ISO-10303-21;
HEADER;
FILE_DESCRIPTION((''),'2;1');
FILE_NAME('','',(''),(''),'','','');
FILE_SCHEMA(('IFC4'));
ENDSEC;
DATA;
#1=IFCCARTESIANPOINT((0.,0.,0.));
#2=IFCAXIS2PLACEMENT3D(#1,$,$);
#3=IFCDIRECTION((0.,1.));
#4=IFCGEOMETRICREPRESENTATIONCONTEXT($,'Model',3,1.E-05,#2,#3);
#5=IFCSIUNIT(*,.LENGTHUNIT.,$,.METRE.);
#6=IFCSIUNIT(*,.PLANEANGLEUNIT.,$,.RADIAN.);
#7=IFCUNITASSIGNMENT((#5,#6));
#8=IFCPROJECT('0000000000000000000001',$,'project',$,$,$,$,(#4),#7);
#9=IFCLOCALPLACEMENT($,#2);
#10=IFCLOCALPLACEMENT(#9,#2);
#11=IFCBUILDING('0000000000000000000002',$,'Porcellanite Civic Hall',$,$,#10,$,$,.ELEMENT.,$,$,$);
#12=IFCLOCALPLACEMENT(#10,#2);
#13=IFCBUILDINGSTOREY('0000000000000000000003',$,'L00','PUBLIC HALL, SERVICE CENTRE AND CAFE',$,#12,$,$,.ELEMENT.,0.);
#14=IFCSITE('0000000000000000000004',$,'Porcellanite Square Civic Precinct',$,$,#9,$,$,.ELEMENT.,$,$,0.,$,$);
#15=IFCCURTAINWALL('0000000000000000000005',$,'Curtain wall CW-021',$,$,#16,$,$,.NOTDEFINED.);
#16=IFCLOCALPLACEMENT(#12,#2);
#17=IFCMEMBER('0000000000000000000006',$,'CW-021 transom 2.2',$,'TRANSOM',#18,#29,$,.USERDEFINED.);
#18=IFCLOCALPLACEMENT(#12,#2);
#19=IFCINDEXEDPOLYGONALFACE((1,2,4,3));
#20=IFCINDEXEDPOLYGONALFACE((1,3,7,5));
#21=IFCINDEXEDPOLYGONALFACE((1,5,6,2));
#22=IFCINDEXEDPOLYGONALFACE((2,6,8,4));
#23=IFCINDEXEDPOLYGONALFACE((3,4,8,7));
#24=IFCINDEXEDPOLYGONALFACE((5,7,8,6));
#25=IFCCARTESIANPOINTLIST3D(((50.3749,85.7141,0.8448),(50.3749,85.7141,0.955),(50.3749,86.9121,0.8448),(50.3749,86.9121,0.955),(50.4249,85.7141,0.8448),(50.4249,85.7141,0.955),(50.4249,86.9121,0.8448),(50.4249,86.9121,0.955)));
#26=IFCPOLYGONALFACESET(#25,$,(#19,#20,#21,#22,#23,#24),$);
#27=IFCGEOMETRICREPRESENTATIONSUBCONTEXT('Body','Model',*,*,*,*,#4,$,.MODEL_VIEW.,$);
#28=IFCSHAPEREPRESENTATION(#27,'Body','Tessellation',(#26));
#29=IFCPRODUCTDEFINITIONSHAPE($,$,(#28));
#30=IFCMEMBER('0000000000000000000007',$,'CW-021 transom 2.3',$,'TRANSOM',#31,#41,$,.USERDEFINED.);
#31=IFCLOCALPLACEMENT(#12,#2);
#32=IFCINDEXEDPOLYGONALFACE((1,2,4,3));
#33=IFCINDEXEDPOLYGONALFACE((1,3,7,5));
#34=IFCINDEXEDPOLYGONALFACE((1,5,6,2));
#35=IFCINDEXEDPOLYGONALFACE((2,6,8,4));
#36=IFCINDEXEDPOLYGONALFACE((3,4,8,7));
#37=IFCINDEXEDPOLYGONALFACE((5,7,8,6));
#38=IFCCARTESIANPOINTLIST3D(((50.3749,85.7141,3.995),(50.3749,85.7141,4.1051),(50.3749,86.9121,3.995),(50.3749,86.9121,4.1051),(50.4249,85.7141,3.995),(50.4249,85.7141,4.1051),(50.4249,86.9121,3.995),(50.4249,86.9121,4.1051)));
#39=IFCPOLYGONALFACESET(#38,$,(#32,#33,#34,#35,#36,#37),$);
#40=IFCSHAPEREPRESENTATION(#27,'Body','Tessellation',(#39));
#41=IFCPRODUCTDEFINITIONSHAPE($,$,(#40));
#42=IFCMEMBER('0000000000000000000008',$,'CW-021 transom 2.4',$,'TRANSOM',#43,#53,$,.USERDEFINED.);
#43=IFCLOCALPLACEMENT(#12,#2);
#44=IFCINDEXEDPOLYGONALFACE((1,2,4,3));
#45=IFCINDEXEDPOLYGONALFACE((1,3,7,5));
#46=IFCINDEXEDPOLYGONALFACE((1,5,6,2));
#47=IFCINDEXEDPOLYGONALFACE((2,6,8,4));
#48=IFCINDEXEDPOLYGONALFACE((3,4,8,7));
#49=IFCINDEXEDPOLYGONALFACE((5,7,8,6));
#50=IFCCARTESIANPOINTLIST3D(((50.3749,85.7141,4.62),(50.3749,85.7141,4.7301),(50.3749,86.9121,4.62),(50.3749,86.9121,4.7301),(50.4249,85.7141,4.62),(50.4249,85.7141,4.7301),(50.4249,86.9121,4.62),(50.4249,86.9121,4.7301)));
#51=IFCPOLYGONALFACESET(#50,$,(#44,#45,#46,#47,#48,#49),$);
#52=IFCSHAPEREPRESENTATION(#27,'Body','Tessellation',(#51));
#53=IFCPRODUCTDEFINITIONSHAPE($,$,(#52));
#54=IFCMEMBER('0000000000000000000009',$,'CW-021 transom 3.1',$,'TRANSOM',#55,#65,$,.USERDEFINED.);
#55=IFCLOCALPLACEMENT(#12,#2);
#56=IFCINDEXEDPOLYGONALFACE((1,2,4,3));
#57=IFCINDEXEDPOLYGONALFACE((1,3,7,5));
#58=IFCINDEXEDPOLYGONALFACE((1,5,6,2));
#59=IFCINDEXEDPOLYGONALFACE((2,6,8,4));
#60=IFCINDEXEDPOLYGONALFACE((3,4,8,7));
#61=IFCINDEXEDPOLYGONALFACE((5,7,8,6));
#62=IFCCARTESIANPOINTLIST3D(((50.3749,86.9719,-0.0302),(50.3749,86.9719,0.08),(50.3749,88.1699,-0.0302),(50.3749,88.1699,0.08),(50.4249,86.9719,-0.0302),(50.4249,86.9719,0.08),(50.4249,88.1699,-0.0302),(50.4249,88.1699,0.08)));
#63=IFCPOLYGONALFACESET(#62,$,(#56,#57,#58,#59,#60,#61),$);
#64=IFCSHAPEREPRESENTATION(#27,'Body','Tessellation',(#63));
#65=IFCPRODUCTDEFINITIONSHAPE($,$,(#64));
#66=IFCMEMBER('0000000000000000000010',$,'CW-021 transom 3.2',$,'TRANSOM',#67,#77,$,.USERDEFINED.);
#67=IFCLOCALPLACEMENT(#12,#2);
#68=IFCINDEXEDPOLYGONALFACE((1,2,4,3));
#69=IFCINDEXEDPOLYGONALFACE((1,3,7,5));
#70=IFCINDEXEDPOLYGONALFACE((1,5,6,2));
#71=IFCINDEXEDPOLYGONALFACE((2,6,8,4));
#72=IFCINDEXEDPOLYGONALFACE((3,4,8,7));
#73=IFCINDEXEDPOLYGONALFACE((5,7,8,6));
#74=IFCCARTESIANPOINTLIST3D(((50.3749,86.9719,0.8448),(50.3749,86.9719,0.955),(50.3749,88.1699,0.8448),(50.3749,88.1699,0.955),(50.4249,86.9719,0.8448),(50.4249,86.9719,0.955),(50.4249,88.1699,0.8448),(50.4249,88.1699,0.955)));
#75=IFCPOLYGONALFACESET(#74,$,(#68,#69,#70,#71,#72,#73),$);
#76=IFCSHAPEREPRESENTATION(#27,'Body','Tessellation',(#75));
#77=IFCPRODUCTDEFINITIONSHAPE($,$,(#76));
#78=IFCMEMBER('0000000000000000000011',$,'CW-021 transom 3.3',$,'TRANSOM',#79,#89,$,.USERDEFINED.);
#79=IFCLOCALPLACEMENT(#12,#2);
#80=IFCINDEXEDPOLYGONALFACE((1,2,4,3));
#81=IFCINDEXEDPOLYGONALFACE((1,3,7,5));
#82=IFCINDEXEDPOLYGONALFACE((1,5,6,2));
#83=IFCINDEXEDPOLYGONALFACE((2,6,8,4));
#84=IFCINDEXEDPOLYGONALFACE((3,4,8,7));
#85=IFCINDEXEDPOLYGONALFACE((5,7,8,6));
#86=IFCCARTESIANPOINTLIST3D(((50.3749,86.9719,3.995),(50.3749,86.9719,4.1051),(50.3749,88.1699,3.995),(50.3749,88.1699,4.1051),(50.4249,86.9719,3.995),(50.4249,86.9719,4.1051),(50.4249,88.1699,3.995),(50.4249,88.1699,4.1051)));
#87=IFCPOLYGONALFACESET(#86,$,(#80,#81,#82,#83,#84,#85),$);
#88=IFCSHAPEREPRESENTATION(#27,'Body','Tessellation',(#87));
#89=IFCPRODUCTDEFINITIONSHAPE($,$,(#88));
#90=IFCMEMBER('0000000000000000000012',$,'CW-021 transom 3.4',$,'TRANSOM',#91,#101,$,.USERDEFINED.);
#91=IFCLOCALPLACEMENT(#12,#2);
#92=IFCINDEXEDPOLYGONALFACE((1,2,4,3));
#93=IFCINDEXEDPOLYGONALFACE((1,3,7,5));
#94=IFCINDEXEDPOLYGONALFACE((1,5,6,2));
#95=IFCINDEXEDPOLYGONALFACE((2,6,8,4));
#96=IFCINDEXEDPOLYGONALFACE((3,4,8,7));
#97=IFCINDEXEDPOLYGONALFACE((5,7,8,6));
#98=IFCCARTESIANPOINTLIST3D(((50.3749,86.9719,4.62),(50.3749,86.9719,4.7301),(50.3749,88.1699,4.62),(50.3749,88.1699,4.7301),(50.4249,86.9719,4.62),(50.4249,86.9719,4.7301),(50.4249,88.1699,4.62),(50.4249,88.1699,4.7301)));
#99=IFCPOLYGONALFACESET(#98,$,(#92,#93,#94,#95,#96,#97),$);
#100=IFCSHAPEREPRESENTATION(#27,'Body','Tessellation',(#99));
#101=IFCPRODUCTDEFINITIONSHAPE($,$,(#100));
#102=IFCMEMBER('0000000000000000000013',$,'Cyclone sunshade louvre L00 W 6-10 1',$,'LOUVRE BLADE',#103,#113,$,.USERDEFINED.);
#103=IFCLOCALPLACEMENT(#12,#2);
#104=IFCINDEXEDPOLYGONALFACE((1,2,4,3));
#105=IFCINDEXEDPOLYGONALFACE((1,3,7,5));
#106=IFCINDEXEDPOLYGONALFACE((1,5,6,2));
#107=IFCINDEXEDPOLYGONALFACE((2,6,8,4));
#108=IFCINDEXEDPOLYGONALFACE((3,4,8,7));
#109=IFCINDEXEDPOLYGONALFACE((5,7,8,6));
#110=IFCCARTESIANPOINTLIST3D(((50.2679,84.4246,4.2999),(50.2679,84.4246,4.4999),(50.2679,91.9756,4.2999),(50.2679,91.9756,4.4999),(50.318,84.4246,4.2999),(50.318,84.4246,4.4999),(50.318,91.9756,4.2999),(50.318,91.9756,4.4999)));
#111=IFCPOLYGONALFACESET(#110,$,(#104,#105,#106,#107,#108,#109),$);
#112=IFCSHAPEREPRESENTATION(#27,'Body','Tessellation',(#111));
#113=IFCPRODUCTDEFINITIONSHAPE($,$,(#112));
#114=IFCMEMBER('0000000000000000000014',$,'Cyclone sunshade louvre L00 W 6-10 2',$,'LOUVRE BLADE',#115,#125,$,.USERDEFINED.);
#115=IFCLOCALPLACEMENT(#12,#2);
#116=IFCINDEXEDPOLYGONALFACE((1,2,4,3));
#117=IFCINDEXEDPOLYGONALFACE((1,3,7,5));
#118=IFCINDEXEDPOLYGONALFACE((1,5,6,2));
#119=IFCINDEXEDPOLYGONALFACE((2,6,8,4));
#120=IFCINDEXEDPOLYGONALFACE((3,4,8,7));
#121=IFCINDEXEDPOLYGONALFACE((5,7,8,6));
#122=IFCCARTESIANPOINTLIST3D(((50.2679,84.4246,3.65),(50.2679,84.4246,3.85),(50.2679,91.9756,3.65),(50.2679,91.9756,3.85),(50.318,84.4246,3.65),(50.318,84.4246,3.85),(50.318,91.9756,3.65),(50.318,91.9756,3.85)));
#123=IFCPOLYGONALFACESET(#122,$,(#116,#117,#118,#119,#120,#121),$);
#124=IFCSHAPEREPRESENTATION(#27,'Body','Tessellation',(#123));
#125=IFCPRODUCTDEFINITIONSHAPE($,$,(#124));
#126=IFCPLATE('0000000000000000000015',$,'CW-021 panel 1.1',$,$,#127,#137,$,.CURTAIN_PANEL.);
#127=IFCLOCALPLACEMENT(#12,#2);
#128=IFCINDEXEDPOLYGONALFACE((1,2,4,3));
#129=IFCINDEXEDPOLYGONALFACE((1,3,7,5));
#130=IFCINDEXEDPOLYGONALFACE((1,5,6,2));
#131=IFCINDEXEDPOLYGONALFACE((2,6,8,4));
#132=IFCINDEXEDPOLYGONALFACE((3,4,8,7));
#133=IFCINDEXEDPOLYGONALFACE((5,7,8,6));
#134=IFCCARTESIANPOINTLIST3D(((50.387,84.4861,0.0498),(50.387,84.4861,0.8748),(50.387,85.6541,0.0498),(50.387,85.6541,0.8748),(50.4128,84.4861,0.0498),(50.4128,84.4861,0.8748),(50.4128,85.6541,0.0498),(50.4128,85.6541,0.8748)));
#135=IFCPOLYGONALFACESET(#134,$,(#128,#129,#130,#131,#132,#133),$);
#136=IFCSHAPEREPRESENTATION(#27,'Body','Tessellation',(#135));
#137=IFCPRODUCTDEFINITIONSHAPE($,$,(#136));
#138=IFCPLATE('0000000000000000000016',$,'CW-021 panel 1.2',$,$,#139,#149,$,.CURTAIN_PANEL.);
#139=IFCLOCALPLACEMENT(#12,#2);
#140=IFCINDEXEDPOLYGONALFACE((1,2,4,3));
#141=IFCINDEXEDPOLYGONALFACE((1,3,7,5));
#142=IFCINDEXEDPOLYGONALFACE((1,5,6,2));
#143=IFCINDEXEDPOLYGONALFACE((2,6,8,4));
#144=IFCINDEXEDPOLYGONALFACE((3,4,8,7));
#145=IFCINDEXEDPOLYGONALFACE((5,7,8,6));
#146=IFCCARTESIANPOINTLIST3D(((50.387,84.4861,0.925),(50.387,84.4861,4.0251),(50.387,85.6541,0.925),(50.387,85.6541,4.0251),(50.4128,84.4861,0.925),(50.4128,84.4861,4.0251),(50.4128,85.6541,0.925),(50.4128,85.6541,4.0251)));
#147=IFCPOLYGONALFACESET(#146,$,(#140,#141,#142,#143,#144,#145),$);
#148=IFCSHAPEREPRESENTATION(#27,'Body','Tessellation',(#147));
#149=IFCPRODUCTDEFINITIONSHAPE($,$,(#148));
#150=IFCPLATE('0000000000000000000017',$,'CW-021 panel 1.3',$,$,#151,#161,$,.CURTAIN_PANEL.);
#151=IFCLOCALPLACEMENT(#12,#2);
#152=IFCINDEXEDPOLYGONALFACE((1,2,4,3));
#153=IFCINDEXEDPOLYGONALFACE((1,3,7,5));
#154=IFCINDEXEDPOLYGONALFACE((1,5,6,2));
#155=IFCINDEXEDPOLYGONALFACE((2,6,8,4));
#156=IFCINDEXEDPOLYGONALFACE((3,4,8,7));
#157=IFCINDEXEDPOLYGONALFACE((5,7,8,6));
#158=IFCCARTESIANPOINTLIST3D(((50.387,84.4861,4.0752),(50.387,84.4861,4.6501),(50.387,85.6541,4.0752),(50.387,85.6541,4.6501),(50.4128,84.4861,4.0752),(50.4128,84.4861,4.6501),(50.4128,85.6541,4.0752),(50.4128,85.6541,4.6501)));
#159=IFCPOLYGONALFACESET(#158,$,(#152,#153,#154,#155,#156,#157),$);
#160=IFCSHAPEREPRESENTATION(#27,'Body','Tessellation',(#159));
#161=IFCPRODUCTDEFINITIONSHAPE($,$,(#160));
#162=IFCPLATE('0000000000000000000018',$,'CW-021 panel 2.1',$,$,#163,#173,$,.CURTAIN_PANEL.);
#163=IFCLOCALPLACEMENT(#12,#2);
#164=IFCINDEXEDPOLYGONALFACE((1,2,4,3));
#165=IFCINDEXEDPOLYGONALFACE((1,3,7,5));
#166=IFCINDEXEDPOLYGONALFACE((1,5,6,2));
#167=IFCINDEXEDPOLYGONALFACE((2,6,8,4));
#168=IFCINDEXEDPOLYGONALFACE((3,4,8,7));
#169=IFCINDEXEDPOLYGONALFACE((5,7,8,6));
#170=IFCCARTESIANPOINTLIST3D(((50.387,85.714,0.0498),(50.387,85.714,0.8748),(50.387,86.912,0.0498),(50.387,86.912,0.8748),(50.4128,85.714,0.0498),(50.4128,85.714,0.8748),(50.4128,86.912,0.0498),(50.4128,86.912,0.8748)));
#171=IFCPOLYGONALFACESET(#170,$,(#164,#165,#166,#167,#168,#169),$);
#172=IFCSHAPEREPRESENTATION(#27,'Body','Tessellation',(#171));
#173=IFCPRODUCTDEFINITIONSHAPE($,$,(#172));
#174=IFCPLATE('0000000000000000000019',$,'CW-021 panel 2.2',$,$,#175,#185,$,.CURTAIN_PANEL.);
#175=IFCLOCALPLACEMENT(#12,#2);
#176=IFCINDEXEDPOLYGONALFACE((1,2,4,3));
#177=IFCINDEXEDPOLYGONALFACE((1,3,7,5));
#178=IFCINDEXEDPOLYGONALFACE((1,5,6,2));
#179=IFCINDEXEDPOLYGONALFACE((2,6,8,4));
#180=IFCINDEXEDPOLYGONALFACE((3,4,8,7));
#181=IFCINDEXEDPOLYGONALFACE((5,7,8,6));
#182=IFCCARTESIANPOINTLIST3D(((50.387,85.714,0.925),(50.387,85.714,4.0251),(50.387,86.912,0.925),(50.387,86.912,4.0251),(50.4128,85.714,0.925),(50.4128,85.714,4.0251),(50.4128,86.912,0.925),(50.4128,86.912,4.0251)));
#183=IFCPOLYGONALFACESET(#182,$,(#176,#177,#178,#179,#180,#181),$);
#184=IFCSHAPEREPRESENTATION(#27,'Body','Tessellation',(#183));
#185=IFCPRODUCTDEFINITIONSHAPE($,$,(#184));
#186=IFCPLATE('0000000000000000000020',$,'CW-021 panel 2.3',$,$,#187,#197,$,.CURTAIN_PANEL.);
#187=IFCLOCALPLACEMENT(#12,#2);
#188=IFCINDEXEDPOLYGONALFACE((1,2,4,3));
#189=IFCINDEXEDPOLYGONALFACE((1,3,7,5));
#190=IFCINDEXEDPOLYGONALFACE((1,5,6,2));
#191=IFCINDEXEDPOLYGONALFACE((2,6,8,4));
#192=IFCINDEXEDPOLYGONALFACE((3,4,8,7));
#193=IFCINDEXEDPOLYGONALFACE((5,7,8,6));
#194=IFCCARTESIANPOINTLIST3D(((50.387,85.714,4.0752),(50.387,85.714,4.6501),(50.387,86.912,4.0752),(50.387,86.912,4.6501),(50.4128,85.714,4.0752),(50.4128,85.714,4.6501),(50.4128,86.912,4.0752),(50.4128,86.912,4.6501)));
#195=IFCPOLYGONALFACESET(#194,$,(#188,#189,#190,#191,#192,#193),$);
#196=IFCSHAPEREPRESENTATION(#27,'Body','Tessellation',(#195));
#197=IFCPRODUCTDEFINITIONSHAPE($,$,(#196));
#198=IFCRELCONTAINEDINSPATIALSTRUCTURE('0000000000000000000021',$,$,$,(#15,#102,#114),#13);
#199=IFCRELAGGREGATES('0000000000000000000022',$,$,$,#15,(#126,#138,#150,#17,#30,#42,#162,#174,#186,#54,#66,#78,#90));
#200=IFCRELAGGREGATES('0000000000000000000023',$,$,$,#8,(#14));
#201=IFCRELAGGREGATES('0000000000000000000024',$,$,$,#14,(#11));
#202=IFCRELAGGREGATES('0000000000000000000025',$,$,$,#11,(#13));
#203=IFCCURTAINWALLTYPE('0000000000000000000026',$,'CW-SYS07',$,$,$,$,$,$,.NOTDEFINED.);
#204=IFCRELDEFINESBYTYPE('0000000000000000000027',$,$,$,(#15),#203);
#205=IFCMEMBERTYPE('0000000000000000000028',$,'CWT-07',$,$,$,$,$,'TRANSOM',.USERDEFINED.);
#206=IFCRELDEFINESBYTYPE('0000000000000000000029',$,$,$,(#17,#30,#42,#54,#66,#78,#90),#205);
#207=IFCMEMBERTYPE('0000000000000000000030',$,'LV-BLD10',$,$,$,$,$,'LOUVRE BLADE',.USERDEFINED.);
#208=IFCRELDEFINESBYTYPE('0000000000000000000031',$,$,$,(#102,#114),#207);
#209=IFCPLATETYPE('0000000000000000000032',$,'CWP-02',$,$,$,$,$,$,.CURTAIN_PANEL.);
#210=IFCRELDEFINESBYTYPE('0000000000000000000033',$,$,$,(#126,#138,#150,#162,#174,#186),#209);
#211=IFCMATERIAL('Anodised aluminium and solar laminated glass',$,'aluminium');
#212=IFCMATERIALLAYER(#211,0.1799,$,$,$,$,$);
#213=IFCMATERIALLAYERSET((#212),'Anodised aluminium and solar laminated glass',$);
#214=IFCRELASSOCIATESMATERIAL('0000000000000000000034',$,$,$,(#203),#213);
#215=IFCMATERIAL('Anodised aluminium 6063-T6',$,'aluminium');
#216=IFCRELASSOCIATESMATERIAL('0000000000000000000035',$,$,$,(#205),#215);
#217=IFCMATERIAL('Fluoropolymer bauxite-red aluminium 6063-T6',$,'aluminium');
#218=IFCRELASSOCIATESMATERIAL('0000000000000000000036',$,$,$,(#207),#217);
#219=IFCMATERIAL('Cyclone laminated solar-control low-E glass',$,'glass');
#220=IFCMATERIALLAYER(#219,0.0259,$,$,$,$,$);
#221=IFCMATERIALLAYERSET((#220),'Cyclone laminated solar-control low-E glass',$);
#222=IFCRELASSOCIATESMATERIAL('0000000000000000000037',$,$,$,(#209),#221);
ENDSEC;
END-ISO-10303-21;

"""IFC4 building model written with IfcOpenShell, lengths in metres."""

from ifc_helpers import new_model, si_unit, direction, frame, origin, origin_2d, place, context, subcontext, project, spatial, rectangle, extrude, material, layer, layer_set, material_profile, profile_set, type_object, element, aggregate, save


model = new_model("IFC4")

# Units and contexts
model_context = context("Model", 3, precision=1e-05, world=origin(), true_north=direction((0.0, 1.0)))
body_context = subcontext(model_context, "Body", "Model", "MODEL_VIEW")
ifc_project = project(units=[si_unit("LENGTHUNIT", "METRE"), si_unit("PLANEANGLEUNIT", "RADIAN")], contexts=[model_context])

# Site, building, storey
site_placement = place(None, origin())
site = spatial("IfcSite", under=ifc_project, at=site_placement, Name="Porcellanite Square Civic Precinct", CompositionType="ELEMENT", RefElevation=0.0)
building_placement = place(site_placement, origin())
building = spatial("IfcBuilding", under=site, at=building_placement, Name="Porcellanite Civic Hall", CompositionType="ELEMENT")
storey_placement = place(building_placement, origin())
storey = spatial("IfcBuildingStorey", under=building, at=storey_placement, Name="L00", Description="PUBLIC HALL, SERVICE CENTRE AND CAFE", CompositionType="ELEMENT", Elevation=0.0)

# Curtain wall
ifc_material_1 = material(Name="Anodised aluminium and solar laminated glass", Category="aluminium")
ifc_layer_1 = layer(ifc_material_1, 0.1799)
ifc_layer_set_1 = layer_set([ifc_layer_1], Name="Anodised aluminium and solar laminated glass")
curtain_wall_type_1 = type_object("IfcCurtainWallType", Name="CW-SYS07", PredefinedType="NOTDEFINED", material=ifc_layer_set_1)
curtain_wall_1_placement = place(storey_placement, origin())
curtain_wall_1 = element("IfcCurtainWall", 1, at=curtain_wall_1_placement, inside=storey, type_object=curtain_wall_type_1, Name="Curtain wall CW-021", PredefinedType="NOTDEFINED")

# Members
ifc_material_2 = material(Name="Anodised aluminium 6063-T6", Category="aluminium")
ifc_material_profile_1 = material_profile(ifc_material_2, rectangle(XDim=0.05, YDim=0.1101, at=origin_2d()), Name="AL-50x110")
ifc_profile_set_1 = profile_set([ifc_material_profile_1], Name="Anodised aluminium 6063-T6")
member_type_1 = type_object("IfcMemberType", Name="CWT-07", ElementType="TRANSOM", PredefinedType="USERDEFINED", material=ifc_profile_set_1)
member_1_placement = place(storey_placement, frame((50.3999, 85.7141, 0.8999), z_axis=(0.0, 1.0, 0.0), x_axis=(-1.0, 0.0, 0.0)))
member_1 = element("IfcMember", 2, at=member_1_placement, type_object=member_type_1, Name="CW-021 transom 2.2", ObjectType="TRANSOM", PredefinedType="USERDEFINED", context=body_context, shape_type="SweptSolid", body=[
    extrude(rectangle(XDim=0.05, YDim=0.1101, at=origin_2d()), origin(), (0.0, 0.0, 1.0), 1.198),
])
member_2_placement = place(storey_placement, frame((50.3999, 85.7141, 4.05), z_axis=(0.0, 1.0, 0.0), x_axis=(-1.0, 0.0, 0.0)))
member_2 = element("IfcMember", 3, at=member_2_placement, type_object=member_type_1, Name="CW-021 transom 2.3", ObjectType="TRANSOM", PredefinedType="USERDEFINED", context=body_context, shape_type="SweptSolid", body=[
    extrude(rectangle(XDim=0.05, YDim=0.1101, at=origin_2d()), origin(), (0.0, 0.0, 1.0), 1.198),
])
member_3_placement = place(storey_placement, frame((50.3999, 85.7141, 4.675), z_axis=(0.0, 1.0, 0.0), x_axis=(-1.0, 0.0, 0.0)))
member_3 = element("IfcMember", 4, at=member_3_placement, type_object=member_type_1, Name="CW-021 transom 2.4", ObjectType="TRANSOM", PredefinedType="USERDEFINED", context=body_context, shape_type="SweptSolid", body=[
    extrude(rectangle(XDim=0.05, YDim=0.1101, at=origin_2d()), origin(), (0.0, 0.0, 1.0), 1.198),
])
member_4_placement = place(storey_placement, frame((50.3999, 86.9719, 0.0249), z_axis=(0.0, 1.0, 0.0), x_axis=(-1.0, 0.0, 0.0)))
member_4 = element("IfcMember", 5, at=member_4_placement, type_object=member_type_1, Name="CW-021 transom 3.1", ObjectType="TRANSOM", PredefinedType="USERDEFINED", context=body_context, shape_type="SweptSolid", body=[
    extrude(rectangle(XDim=0.05, YDim=0.1101, at=origin_2d()), origin(), (0.0, 0.0, 1.0), 1.198),
])
member_5_placement = place(storey_placement, frame((50.3999, 86.9719, 0.8999), z_axis=(0.0, 1.0, 0.0), x_axis=(-1.0, 0.0, 0.0)))
member_5 = element("IfcMember", 6, at=member_5_placement, type_object=member_type_1, Name="CW-021 transom 3.2", ObjectType="TRANSOM", PredefinedType="USERDEFINED", context=body_context, shape_type="SweptSolid", body=[
    extrude(rectangle(XDim=0.05, YDim=0.1101, at=origin_2d()), origin(), (0.0, 0.0, 1.0), 1.198),
])
member_6_placement = place(storey_placement, frame((50.3999, 86.9719, 4.05), z_axis=(0.0, 1.0, 0.0), x_axis=(-1.0, 0.0, 0.0)))
member_6 = element("IfcMember", 7, at=member_6_placement, type_object=member_type_1, Name="CW-021 transom 3.3", ObjectType="TRANSOM", PredefinedType="USERDEFINED", context=body_context, shape_type="SweptSolid", body=[
    extrude(rectangle(XDim=0.05, YDim=0.1101, at=origin_2d()), origin(), (0.0, 0.0, 1.0), 1.198),
])
member_7_placement = place(storey_placement, frame((50.3999, 86.9719, 4.675), z_axis=(0.0, 1.0, 0.0), x_axis=(-1.0, 0.0, 0.0)))
member_7 = element("IfcMember", 8, at=member_7_placement, type_object=member_type_1, Name="CW-021 transom 3.4", ObjectType="TRANSOM", PredefinedType="USERDEFINED", context=body_context, shape_type="SweptSolid", body=[
    extrude(rectangle(XDim=0.05, YDim=0.1101, at=origin_2d()), origin(), (0.0, 0.0, 1.0), 1.198),
])

# Members
ifc_material_3 = material(Name="Fluoropolymer bauxite-red aluminium 6063-T6", Category="aluminium")
ifc_material_profile_2 = material_profile(ifc_material_3, rectangle(XDim=0.05, YDim=0.2, at=origin_2d()), Name="AL-50x200")
ifc_profile_set_2 = profile_set([ifc_material_profile_2], Name="Fluoropolymer bauxite-red aluminium 6063-T6")
member_type_2 = type_object("IfcMemberType", Name="LV-BLD10", ElementType="LOUVRE BLADE", PredefinedType="USERDEFINED", material=ifc_profile_set_2)
for number, where, z_axis, x_axis, name in (
    (9, (50.293, 84.4246, 4.3999), (0.0, 1.0, 0.0), (-1.0, 0.0, 0.0), "Cyclone sunshade louvre L00 W 6-10 1"),
    (10, (50.293, 84.4246, 3.75), (0.0, 1.0, 0.0), (-1.0, 0.0, 0.0), "Cyclone sunshade louvre L00 W 6-10 2"),
):
    element("IfcMember", number, at=place(storey_placement, frame(where, z_axis=z_axis, x_axis=x_axis)), inside=storey, type_object=member_type_2, Name=name, ObjectType="LOUVRE BLADE", PredefinedType="USERDEFINED", context=body_context, shape_type="SweptSolid", body=[
        extrude(rectangle(XDim=0.05, YDim=0.2, at=origin_2d()), origin(), (0.0, 0.0, 1.0), 7.551),
    ])

# Plates
ifc_material_4 = material(Name="Cyclone laminated solar-control low-E glass", Category="glass")
ifc_layer_2 = layer(ifc_material_4, 0.0259)
ifc_layer_set_2 = layer_set([ifc_layer_2], Name="Cyclone laminated solar-control low-E glass")
plate_type_1 = type_object("IfcPlateType", Name="CWP-02", PredefinedType="CURTAIN_PANEL", material=ifc_layer_set_2)
plate_1_placement = place(storey_placement, frame((50.3999, 85.0701, 0.0498), z_axis=(0.0, 0.0, 1.0), x_axis=(0.0, 1.0, 0.0)))
plate_1 = element("IfcPlate", 11, at=plate_1_placement, type_object=plate_type_1, Name="CW-021 panel 1.1", PredefinedType="CURTAIN_PANEL", context=body_context, shape_type="SweptSolid", body=[
    extrude(rectangle(XDim=1.168, YDim=0.0259, at=origin_2d()), origin(), (0.0, 0.0, 1.0), 0.825),
])
plate_2_placement = place(storey_placement, frame((50.3999, 85.0701, 0.925), z_axis=(0.0, 0.0, 1.0), x_axis=(0.0, 1.0, 0.0)))
plate_2 = element("IfcPlate", 12, at=plate_2_placement, type_object=plate_type_1, Name="CW-021 panel 1.2", PredefinedType="CURTAIN_PANEL", context=body_context, shape_type="SweptSolid", body=[
    extrude(rectangle(XDim=1.168, YDim=0.0259, at=origin_2d()), origin(), (0.0, 0.0, 1.0), 3.1001),
])
plate_3_placement = place(storey_placement, frame((50.3999, 85.0701, 4.0752), z_axis=(0.0, 0.0, 1.0), x_axis=(0.0, 1.0, 0.0)))
plate_3 = element("IfcPlate", 13, at=plate_3_placement, type_object=plate_type_1, Name="CW-021 panel 1.3", PredefinedType="CURTAIN_PANEL", context=body_context, shape_type="SweptSolid", body=[
    extrude(rectangle(XDim=1.168, YDim=0.0259, at=origin_2d()), origin(), (0.0, 0.0, 1.0), 0.575),
])
plate_4_placement = place(storey_placement, frame((50.3999, 86.313, 0.0498), z_axis=(0.0, 0.0, 1.0), x_axis=(0.0, 1.0, 0.0)))
plate_4 = element("IfcPlate", 14, at=plate_4_placement, type_object=plate_type_1, Name="CW-021 panel 2.1", PredefinedType="CURTAIN_PANEL", context=body_context, shape_type="SweptSolid", body=[
    extrude(rectangle(XDim=1.198, YDim=0.0259, at=origin_2d()), origin(), (0.0, 0.0, 1.0), 0.825),
])
plate_5_placement = place(storey_placement, frame((50.3999, 86.313, 0.925), z_axis=(0.0, 0.0, 1.0), x_axis=(0.0, 1.0, 0.0)))
plate_5 = element("IfcPlate", 15, at=plate_5_placement, type_object=plate_type_1, Name="CW-021 panel 2.2", PredefinedType="CURTAIN_PANEL", context=body_context, shape_type="SweptSolid", body=[
    extrude(rectangle(XDim=1.198, YDim=0.0259, at=origin_2d()), origin(), (0.0, 0.0, 1.0), 3.1001),
])
plate_6_placement = place(storey_placement, frame((50.3999, 86.313, 4.0752), z_axis=(0.0, 0.0, 1.0), x_axis=(0.0, 1.0, 0.0)))
plate_6 = element("IfcPlate", 16, at=plate_6_placement, type_object=plate_type_1, Name="CW-021 panel 2.3", PredefinedType="CURTAIN_PANEL", context=body_context, shape_type="SweptSolid", body=[
    extrude(rectangle(XDim=1.198, YDim=0.0259, at=origin_2d()), origin(), (0.0, 0.0, 1.0), 0.575),
])
aggregate(curtain_wall_1, [plate_1, plate_2, plate_3, member_1, member_2, member_3, plate_4, plate_5, plate_6, member_4, member_5, member_6, member_7])

save(model, "model.ifc")
